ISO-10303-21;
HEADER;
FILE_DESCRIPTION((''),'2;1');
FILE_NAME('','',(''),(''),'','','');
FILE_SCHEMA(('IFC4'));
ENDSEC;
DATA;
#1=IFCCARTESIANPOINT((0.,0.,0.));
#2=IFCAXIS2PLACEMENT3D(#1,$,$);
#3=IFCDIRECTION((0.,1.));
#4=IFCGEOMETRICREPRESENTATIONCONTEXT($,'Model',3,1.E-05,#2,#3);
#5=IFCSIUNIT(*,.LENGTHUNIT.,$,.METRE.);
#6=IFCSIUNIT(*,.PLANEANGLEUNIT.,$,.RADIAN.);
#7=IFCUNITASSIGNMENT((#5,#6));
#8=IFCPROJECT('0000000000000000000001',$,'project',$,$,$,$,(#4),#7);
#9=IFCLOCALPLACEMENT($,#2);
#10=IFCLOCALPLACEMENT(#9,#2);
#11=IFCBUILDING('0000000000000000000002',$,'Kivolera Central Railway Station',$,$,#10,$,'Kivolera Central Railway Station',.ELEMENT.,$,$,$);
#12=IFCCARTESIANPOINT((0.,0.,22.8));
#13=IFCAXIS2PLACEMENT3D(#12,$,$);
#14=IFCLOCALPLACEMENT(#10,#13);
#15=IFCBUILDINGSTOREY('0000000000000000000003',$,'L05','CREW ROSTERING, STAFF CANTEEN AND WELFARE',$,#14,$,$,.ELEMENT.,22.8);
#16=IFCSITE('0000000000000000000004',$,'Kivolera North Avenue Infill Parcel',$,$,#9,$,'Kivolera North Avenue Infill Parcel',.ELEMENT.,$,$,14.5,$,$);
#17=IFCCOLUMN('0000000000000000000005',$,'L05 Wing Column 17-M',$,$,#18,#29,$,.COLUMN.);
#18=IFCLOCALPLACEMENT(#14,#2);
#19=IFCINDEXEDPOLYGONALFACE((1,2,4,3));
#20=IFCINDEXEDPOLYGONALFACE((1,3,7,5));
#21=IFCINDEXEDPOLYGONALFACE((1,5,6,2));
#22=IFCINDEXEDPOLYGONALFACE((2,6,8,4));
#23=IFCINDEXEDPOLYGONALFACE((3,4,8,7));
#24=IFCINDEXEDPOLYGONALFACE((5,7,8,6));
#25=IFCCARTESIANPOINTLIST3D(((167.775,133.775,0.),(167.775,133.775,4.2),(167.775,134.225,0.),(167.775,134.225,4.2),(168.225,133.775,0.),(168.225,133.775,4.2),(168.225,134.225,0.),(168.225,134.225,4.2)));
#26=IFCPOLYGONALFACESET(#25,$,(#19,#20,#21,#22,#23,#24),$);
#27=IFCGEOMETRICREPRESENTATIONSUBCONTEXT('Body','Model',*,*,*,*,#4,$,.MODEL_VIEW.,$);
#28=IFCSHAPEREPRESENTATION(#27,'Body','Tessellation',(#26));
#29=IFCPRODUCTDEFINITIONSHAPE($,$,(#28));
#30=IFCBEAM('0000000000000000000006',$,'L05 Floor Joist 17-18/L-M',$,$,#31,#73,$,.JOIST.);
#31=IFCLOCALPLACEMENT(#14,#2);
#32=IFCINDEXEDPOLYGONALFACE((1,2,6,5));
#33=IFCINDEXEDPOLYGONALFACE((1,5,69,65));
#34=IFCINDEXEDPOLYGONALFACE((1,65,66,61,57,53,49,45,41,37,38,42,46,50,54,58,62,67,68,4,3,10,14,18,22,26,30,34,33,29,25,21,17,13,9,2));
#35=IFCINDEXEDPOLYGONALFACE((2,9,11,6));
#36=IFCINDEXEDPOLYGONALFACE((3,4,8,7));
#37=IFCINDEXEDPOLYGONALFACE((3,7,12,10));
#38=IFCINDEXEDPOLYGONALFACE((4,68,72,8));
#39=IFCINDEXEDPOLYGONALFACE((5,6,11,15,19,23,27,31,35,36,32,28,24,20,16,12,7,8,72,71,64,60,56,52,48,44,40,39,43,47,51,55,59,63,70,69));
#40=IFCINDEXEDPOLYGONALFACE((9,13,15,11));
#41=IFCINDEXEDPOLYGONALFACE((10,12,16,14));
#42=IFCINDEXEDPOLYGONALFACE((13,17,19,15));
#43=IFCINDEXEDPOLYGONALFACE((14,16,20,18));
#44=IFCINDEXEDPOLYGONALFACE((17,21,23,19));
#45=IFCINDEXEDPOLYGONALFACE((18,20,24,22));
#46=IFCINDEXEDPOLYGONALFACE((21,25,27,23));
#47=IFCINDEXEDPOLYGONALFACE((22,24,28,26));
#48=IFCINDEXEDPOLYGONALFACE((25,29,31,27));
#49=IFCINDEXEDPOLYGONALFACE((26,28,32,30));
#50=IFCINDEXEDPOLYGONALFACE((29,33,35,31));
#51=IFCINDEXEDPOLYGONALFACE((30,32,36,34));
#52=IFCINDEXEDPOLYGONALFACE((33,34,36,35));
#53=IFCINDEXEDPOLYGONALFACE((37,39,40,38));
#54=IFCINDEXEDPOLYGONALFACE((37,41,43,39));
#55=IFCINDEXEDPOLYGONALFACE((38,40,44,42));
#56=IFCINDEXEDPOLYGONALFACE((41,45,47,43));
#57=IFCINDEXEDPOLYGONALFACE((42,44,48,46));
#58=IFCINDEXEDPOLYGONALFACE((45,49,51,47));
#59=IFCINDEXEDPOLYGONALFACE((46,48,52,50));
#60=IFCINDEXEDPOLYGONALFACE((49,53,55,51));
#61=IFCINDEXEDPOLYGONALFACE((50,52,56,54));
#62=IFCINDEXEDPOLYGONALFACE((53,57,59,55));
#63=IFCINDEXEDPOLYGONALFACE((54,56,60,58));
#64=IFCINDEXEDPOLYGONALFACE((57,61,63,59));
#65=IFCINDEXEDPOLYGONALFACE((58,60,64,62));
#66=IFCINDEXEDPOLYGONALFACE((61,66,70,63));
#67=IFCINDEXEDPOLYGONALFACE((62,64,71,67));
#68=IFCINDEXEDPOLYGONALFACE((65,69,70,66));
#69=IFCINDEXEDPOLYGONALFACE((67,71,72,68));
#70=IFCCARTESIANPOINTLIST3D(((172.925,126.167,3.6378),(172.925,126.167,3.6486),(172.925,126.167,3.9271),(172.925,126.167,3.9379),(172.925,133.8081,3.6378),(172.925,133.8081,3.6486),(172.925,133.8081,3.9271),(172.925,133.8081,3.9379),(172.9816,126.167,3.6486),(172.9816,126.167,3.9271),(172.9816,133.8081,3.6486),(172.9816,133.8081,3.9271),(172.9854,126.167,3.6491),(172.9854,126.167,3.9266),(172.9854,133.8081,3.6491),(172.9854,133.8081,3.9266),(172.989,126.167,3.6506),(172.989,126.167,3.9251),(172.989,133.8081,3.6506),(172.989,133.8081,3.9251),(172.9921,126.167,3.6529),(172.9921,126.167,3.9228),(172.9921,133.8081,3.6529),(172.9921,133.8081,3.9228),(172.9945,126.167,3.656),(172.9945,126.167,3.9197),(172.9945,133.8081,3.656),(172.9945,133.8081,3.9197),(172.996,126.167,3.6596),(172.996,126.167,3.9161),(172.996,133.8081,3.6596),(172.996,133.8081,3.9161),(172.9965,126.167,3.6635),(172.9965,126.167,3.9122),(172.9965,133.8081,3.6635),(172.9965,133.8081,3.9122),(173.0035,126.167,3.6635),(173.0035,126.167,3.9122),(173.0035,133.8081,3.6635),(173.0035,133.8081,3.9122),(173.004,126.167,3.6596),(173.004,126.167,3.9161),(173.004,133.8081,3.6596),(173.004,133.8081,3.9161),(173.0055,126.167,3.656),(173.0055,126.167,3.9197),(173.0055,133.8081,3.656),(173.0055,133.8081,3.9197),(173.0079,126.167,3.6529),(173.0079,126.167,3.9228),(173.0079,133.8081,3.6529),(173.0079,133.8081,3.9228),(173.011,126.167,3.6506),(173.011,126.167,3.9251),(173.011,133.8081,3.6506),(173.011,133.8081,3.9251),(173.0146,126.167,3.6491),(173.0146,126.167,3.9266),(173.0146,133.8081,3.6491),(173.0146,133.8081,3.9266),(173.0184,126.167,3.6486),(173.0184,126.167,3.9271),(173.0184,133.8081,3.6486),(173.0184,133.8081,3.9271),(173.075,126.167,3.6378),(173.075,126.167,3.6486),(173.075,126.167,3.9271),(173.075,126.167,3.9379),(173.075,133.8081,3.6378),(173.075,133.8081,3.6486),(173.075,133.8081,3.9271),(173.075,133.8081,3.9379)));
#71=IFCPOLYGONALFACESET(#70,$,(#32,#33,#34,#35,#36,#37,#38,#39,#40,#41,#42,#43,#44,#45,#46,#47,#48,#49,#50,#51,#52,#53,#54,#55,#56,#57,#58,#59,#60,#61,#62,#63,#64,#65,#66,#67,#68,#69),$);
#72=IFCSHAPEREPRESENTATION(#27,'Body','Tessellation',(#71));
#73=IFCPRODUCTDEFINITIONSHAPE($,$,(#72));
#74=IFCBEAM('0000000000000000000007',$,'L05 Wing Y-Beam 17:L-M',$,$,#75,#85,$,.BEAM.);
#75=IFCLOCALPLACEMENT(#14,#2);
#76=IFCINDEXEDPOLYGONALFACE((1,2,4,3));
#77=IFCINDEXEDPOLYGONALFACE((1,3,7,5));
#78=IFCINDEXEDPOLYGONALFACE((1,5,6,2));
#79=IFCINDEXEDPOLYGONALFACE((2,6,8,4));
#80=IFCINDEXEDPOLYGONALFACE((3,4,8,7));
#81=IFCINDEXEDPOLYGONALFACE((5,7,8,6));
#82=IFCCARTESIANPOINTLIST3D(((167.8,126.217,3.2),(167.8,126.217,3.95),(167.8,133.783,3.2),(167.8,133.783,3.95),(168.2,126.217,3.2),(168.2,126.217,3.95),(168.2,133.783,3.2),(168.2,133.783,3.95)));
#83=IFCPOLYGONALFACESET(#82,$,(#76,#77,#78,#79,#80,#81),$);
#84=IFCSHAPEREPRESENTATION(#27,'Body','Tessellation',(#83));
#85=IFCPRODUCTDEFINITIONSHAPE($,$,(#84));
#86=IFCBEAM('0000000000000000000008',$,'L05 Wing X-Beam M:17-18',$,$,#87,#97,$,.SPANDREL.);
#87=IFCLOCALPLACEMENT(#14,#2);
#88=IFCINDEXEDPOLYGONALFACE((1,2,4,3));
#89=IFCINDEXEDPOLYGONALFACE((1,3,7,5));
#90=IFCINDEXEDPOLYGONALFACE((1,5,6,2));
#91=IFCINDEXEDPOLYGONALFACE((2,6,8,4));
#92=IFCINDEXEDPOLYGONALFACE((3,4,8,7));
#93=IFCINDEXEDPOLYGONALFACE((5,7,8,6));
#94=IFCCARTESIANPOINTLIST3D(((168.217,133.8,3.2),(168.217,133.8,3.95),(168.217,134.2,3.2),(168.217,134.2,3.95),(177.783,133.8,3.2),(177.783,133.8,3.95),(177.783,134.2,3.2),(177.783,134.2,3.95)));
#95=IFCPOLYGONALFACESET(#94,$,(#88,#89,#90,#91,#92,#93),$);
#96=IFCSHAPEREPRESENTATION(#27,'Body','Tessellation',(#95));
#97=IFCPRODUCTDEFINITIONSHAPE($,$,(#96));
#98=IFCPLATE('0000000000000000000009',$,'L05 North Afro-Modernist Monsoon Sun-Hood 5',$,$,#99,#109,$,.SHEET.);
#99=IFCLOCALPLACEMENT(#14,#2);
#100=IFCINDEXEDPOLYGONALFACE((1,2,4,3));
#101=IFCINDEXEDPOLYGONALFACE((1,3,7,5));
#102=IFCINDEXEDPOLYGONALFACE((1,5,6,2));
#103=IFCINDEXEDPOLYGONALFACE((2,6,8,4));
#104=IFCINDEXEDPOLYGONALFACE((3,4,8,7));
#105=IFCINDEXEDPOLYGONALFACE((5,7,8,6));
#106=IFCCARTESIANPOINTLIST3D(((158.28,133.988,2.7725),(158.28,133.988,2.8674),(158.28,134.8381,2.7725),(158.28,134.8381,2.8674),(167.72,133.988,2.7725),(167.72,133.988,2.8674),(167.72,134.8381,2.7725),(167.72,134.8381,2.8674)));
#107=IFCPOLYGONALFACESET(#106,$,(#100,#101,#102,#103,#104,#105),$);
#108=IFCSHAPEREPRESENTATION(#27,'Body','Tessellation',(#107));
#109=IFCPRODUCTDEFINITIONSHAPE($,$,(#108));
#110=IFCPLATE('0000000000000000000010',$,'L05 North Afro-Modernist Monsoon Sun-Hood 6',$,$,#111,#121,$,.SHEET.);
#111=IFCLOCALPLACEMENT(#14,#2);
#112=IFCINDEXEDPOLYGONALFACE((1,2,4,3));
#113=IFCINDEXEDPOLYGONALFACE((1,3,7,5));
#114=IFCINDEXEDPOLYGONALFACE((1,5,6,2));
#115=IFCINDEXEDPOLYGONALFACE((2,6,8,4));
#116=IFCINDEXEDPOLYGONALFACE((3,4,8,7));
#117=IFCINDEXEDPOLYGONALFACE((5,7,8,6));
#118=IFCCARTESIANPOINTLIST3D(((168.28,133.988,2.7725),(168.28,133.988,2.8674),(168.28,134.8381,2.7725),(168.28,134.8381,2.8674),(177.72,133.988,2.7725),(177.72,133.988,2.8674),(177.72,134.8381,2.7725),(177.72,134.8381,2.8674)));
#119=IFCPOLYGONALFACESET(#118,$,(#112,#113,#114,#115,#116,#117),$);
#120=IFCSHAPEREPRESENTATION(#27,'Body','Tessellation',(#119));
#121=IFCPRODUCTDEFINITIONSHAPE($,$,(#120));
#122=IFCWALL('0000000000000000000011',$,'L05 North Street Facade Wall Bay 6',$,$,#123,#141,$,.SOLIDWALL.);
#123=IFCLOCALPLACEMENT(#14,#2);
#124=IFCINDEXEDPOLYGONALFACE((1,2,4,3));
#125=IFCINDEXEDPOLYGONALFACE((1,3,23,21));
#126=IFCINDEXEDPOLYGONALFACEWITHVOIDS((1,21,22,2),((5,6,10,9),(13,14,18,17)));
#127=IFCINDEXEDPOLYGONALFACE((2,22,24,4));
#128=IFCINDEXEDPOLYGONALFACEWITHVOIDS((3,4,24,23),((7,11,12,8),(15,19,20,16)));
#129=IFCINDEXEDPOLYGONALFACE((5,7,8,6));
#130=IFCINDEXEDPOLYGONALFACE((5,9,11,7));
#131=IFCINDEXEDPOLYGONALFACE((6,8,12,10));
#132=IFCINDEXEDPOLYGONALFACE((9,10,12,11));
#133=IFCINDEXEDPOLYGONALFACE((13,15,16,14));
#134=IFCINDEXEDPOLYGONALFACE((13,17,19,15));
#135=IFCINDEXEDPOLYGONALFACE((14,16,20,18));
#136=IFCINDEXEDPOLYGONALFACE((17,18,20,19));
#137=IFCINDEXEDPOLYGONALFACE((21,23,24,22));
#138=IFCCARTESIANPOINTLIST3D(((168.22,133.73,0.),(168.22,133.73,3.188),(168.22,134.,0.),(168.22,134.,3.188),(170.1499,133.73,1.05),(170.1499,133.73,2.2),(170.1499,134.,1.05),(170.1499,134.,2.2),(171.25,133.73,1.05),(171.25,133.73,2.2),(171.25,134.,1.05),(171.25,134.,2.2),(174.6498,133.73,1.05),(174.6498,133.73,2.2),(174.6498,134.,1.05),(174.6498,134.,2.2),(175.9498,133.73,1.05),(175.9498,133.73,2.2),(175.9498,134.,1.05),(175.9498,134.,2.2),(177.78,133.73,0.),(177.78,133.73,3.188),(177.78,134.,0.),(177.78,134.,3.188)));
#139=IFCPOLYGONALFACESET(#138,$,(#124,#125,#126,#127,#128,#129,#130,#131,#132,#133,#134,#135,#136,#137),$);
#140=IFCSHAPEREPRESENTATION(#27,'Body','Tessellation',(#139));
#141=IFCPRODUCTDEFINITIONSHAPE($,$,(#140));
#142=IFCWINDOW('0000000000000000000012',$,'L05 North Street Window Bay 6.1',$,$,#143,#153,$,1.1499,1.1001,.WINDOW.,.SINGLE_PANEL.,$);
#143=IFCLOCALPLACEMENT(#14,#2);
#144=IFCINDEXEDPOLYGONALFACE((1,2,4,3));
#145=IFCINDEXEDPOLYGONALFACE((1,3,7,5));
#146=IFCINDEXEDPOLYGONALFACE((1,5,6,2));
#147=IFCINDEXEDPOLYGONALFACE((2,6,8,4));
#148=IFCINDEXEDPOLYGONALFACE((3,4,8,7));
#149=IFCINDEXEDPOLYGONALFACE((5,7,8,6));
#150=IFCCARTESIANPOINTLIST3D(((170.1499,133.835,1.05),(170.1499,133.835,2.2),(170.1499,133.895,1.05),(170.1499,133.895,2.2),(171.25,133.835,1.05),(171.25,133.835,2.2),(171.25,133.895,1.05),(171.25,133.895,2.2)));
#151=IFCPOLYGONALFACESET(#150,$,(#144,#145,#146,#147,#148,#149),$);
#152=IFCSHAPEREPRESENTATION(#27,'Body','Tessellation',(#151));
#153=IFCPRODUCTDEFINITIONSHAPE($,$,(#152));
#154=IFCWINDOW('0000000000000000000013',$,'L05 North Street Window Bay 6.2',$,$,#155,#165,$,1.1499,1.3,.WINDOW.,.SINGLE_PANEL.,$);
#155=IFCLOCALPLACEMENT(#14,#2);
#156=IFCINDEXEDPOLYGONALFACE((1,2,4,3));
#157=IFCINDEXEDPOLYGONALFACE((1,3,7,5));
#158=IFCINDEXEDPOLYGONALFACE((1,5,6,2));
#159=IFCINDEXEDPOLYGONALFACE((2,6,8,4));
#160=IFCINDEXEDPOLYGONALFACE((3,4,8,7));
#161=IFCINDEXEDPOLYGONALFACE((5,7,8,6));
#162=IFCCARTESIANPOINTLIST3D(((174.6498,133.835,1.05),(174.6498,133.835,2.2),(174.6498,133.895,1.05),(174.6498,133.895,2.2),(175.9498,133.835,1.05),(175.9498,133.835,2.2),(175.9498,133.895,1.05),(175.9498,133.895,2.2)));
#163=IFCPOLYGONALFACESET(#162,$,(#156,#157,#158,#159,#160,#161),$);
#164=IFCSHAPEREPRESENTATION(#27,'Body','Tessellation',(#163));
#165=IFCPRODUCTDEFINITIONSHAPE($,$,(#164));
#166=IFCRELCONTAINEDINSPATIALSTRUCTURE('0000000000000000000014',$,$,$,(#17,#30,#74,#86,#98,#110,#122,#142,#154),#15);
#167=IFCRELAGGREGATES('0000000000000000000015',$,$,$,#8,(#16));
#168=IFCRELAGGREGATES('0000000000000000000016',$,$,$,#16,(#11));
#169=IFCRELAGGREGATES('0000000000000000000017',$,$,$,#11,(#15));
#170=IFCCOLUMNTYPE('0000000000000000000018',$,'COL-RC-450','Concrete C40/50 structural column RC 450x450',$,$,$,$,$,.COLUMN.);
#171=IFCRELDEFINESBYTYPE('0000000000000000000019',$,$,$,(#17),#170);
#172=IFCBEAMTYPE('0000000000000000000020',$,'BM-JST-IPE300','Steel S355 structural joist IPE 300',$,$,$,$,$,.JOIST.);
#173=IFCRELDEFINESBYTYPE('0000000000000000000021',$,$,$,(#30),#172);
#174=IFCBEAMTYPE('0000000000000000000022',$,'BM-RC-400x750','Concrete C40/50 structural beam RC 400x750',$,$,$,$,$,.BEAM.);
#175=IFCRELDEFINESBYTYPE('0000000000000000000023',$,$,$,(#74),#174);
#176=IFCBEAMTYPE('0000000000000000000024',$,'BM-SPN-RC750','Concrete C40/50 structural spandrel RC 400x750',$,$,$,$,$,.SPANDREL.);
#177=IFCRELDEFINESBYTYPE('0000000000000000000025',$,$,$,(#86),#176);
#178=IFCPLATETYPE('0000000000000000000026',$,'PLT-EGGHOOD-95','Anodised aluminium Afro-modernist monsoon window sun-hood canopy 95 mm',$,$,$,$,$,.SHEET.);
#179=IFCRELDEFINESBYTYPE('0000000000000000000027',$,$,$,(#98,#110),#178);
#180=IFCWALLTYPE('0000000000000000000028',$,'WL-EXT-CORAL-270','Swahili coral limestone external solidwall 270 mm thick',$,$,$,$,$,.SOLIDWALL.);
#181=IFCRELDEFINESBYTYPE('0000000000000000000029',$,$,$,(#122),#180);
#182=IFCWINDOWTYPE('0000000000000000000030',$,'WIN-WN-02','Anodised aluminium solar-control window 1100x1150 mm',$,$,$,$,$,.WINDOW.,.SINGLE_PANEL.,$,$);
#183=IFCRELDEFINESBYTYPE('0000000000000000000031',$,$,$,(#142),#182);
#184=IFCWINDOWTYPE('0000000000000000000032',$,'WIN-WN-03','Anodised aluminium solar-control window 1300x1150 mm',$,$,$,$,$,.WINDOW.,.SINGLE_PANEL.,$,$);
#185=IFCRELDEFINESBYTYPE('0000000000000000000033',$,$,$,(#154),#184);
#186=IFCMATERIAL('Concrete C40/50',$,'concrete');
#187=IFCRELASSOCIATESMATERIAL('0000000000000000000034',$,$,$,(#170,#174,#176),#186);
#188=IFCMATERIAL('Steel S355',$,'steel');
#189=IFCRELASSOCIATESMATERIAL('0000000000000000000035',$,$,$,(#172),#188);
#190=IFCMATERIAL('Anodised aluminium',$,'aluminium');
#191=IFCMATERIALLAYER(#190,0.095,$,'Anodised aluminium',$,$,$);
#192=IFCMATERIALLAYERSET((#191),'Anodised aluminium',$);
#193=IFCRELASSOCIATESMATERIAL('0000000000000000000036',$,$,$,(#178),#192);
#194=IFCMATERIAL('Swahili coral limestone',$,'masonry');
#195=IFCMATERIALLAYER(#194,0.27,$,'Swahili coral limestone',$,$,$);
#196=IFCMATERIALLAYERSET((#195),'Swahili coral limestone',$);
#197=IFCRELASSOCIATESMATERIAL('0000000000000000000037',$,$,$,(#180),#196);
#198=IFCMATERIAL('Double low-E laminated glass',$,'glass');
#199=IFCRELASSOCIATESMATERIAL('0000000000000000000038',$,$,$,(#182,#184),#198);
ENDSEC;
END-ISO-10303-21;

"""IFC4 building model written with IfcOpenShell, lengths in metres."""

from ifc_helpers import new_model, si_unit, direction, frame, frame_2d, origin, origin_2d, place, context, subcontext, project, spatial, rectangle, i_section, extrude, material, layer, layer_set, material_profile, profile_set, type_object, element, fill, save


model = new_model("IFC4")

# Units and contexts
model_context = context("Model", 3, precision=1e-05, world=origin(), true_north=direction((0.0, 1.0)))
body_context = subcontext(model_context, "Body", "Model", "MODEL_VIEW")
ifc_project = project(units=[si_unit("LENGTHUNIT", "METRE"), si_unit("PLANEANGLEUNIT", "RADIAN")], contexts=[model_context])

# Site, building, storey
site_placement = place(None, origin())
site = spatial("IfcSite", under=ifc_project, at=site_placement, Name="Kivolera North Avenue Infill Parcel", LongName="Kivolera North Avenue Infill Parcel", CompositionType="ELEMENT", RefElevation=14.5)
building_placement = place(site_placement, origin())
building = spatial("IfcBuilding", under=site, at=building_placement, Name="Kivolera Central Railway Station", LongName="Kivolera Central Railway Station", CompositionType="ELEMENT")
storey_placement = place(building_placement, frame((0.0, 0.0, 22.8)))
storey = spatial("IfcBuildingStorey", under=building, at=storey_placement, Name="L05", Description="CREW ROSTERING, STAFF CANTEEN AND WELFARE", CompositionType="ELEMENT", Elevation=22.8)

# Column
ifc_material_1 = material(Name="Concrete C40/50", Category="concrete")
ifc_material_profile_1 = material_profile(ifc_material_1, rectangle(XDim=0.45, YDim=0.45, at=origin_2d()), Name="RC 450x450")
ifc_profile_set_1 = profile_set([ifc_material_profile_1], Name="Concrete C40/50")
column_type = type_object("IfcColumnType", Name="COL-RC-450", Description="Concrete C40/50 structural column RC 450x450", PredefinedType="COLUMN", material=ifc_profile_set_1)
column_placement = place(storey_placement, frame((168.0, 134.0, 0.0), z_axis=(0.0, 0.0, 1.0), x_axis=(1.0, 0.0, 0.0)))
element("IfcColumn", 1, at=column_placement, inside=storey, type_object=column_type, Name="L05 Wing Column 17-M", PredefinedType="COLUMN", context=body_context, shape_type="SweptSolid", body=[
    extrude(rectangle(XDim=0.45, YDim=0.45, at=origin_2d()), origin(), (0.0, 0.0, 1.0), 4.2),
])

# Beams
ifc_material_2 = material(Name="Steel S355", Category="steel")
ifc_material_profile_2 = material_profile(ifc_material_2, i_section(OverallWidth=0.1499, OverallDepth=0.3, WebThickness=0.0071, FlangeThickness=0.0107, FilletRadius=0.0149, at=origin_2d()), Name="IPE 300")
ifc_profile_set_2 = profile_set([ifc_material_profile_2], Name="Steel S355")
beam_type_1 = type_object("IfcBeamType", Name="BM-JST-IPE300", Description="Steel S355 structural joist IPE 300", PredefinedType="JOIST", material=ifc_profile_set_2)
beam_1_placement = place(storey_placement, frame((173.0, 126.167, 3.7878), z_axis=(0.0, 1.0, 0.0), x_axis=(-1.0, 0.0, 0.0)))
element("IfcBeam", 2, at=beam_1_placement, inside=storey, type_object=beam_type_1, Name="L05 Floor Joist 17-18/L-M", PredefinedType="JOIST", context=body_context, shape_type="SweptSolid", body=[
    extrude(i_section(OverallWidth=0.1499, OverallDepth=0.3, WebThickness=0.0071, FlangeThickness=0.0107, FilletRadius=0.0149, at=origin_2d()), origin(), (0.0, 0.0, 1.0), 7.6411),
])
ifc_material_profile_3 = material_profile(ifc_material_1, rectangle(XDim=0.3999, YDim=0.75, at=origin_2d()), Name="RC 400x750")
ifc_profile_set_3 = profile_set([ifc_material_profile_3], Name="Concrete C40/50")
beam_type_2 = type_object("IfcBeamType", Name="BM-RC-400x750", Description="Concrete C40/50 structural beam RC 400x750", PredefinedType="BEAM", material=ifc_profile_set_3)
beam_2_placement = place(storey_placement, frame((168.0, 126.217, 3.575), z_axis=(0.0, 1.0, 0.0), x_axis=(-1.0, 0.0, 0.0)))
element("IfcBeam", 3, at=beam_2_placement, inside=storey, type_object=beam_type_2, Name="L05 Wing Y-Beam 17:L-M", PredefinedType="BEAM", context=body_context, shape_type="SweptSolid", body=[
    extrude(rectangle(XDim=0.3999, YDim=0.75, at=origin_2d()), origin(), (0.0, 0.0, 1.0), 7.5659),
])
ifc_material_profile_4 = material_profile(ifc_material_1, rectangle(XDim=0.3999, YDim=0.75, at=origin_2d()), Name="RC 400x750")
ifc_profile_set_4 = profile_set([ifc_material_profile_4], Name="Concrete C40/50")
beam_type_3 = type_object("IfcBeamType", Name="BM-SPN-RC750", Description="Concrete C40/50 structural spandrel RC 400x750", PredefinedType="SPANDREL", material=ifc_profile_set_4)
beam_3_placement = place(storey_placement, frame((168.217, 134.0, 3.575), z_axis=(1.0, 0.0, 0.0), x_axis=(0.0, 1.0, 0.0)))
element("IfcBeam", 4, at=beam_3_placement, inside=storey, type_object=beam_type_3, Name="L05 Wing X-Beam M:17-18", PredefinedType="SPANDREL", context=body_context, shape_type="SweptSolid", body=[
    extrude(rectangle(XDim=0.3999, YDim=0.75, at=origin_2d()), origin(), (0.0, 0.0, 1.0), 9.5659),
])

# Plates
ifc_material_3 = material(Name="Anodised aluminium", Category="aluminium")
ifc_layer_1 = layer(ifc_material_3, 0.095, Name="Anodised aluminium")
ifc_layer_set_1 = layer_set([ifc_layer_1], Name="Anodised aluminium")
plate_type = type_object("IfcPlateType", Name="PLT-EGGHOOD-95", Description="Anodised aluminium Afro-modernist monsoon window sun-hood canopy 95 mm", PredefinedType="SHEET", material=ifc_layer_set_1)
for number, where, z_axis, x_axis, name in (
    (5, (163.0, 134.4131, 2.7725), (0.0, 0.0, 1.0), (1.0, 0.0, 0.0), "L05 North Afro-Modernist Monsoon Sun-Hood 5"),
    (6, (173.0, 134.4131, 2.7725), (0.0, 0.0, 1.0), (1.0, 0.0, 0.0), "L05 North Afro-Modernist Monsoon Sun-Hood 6"),
):
    element("IfcPlate", number, at=place(storey_placement, frame(where, z_axis=z_axis, x_axis=x_axis)), inside=storey, type_object=plate_type, Name=name, PredefinedType="SHEET", context=body_context, shape_type="SweptSolid", body=[
        extrude(rectangle(XDim=9.4399, YDim=0.8501, at=origin_2d()), origin(), (0.0, 0.0, 1.0), 0.095),
    ])

# Wall, openings, windows
ifc_material_4 = material(Name="Swahili coral limestone", Category="masonry")
ifc_layer_2 = layer(ifc_material_4, 0.27, Name="Swahili coral limestone")
ifc_layer_set_2 = layer_set([ifc_layer_2], Name="Swahili coral limestone")
wall_type_1 = type_object("IfcWallType", Name="WL-EXT-CORAL-270", Description="Swahili coral limestone external solidwall 270 mm thick", PredefinedType="SOLIDWALL", material=ifc_layer_set_2)
wall_1_placement = place(storey_placement, frame((168.22, 133.865, 0.0), z_axis=(0.0, 0.0, 1.0), x_axis=(1.0, 0.0, 0.0)))
wall_1 = element("IfcWall", 7, at=wall_1_placement, inside=storey, type_object=wall_type_1, Name="L05 North Street Facade Wall Bay 6", PredefinedType="SOLIDWALL", context=body_context, shape_type="SweptSolid", body=[
    extrude(rectangle(XDim=9.5601, YDim=0.27, at=frame_2d((4.78, 0.0))), origin(), (0.0, 0.0, 1.0), 3.188),
])
opening_1_placement = place(wall_1_placement, frame((1.9299, 0.0, 1.05)))
opening_1 = element("IfcOpeningElement", 8, at=opening_1_placement, cuts=wall_1, PredefinedType="OPENING", context=body_context, shape_type="SweptSolid", body=[
    extrude(rectangle(XDim=1.1001, YDim=1.1499, at=frame_2d((0.55, 0.575))), frame((0.0, 0.145, 0.0), z_axis=(0.0, -1.0, 0.0), x_axis=(1.0, 0.0, 0.0)), (0.0, 0.0, 1.0), 0.29),
])
opening_2_placement = place(wall_1_placement, frame((6.4299, 0.0, 1.05)))
opening_2 = element("IfcOpeningElement", 9, at=opening_2_placement, cuts=wall_1, PredefinedType="OPENING", context=body_context, shape_type="SweptSolid", body=[
    extrude(rectangle(XDim=1.3, YDim=1.1499, at=frame_2d((0.6499, 0.575))), frame((0.0, 0.145, 0.0), z_axis=(0.0, -1.0, 0.0), x_axis=(1.0, 0.0, 0.0)), (0.0, 0.0, 1.0), 0.29),
])
ifc_material_5 = material(Name="Double low-E laminated glass", Category="glass")
window_type_1 = type_object("IfcWindowType", Name="WIN-WN-02", Description="Anodised aluminium solar-control window 1100x1150 mm", PartitioningType="SINGLE_PANEL", PredefinedType="WINDOW", material=ifc_material_5)
window_1_placement = place(opening_1_placement, origin())
window_1 = element("IfcWindow", 10, at=window_1_placement, inside=storey, type_object=window_type_1, Name="L05 North Street Window Bay 6.1", OverallHeight=1.1499, OverallWidth=1.1001, PartitioningType="SINGLE_PANEL", PredefinedType="WINDOW", context=body_context, shape_type="SweptSolid", body=[
    extrude(rectangle(XDim=1.1001, YDim=1.1499, at=frame_2d((0.55, 0.575))), frame((0.0, 0.03, 0.0), z_axis=(0.0, -1.0, 0.0), x_axis=(1.0, 0.0, 0.0)), (0.0, 0.0, 1.0), 0.0601),
])
fill(opening_1, window_1)
window_type_2 = type_object("IfcWindowType", Name="WIN-WN-03", Description="Anodised aluminium solar-control window 1300x1150 mm", PartitioningType="SINGLE_PANEL", PredefinedType="WINDOW", material=ifc_material_5)
window_2_placement = place(opening_2_placement, origin())
window_2 = element("IfcWindow", 11, at=window_2_placement, inside=storey, type_object=window_type_2, Name="L05 North Street Window Bay 6.2", OverallHeight=1.1499, OverallWidth=1.3, PartitioningType="SINGLE_PANEL", PredefinedType="WINDOW", context=body_context, shape_type="SweptSolid", body=[
    extrude(rectangle(XDim=1.3, YDim=1.1499, at=frame_2d((0.6499, 0.575))), frame((0.0, 0.03, 0.0), z_axis=(0.0, -1.0, 0.0), x_axis=(1.0, 0.0, 0.0)), (0.0, 0.0, 1.0), 0.0601),
])
fill(opening_2, window_2)

save(model, "model.ifc")
